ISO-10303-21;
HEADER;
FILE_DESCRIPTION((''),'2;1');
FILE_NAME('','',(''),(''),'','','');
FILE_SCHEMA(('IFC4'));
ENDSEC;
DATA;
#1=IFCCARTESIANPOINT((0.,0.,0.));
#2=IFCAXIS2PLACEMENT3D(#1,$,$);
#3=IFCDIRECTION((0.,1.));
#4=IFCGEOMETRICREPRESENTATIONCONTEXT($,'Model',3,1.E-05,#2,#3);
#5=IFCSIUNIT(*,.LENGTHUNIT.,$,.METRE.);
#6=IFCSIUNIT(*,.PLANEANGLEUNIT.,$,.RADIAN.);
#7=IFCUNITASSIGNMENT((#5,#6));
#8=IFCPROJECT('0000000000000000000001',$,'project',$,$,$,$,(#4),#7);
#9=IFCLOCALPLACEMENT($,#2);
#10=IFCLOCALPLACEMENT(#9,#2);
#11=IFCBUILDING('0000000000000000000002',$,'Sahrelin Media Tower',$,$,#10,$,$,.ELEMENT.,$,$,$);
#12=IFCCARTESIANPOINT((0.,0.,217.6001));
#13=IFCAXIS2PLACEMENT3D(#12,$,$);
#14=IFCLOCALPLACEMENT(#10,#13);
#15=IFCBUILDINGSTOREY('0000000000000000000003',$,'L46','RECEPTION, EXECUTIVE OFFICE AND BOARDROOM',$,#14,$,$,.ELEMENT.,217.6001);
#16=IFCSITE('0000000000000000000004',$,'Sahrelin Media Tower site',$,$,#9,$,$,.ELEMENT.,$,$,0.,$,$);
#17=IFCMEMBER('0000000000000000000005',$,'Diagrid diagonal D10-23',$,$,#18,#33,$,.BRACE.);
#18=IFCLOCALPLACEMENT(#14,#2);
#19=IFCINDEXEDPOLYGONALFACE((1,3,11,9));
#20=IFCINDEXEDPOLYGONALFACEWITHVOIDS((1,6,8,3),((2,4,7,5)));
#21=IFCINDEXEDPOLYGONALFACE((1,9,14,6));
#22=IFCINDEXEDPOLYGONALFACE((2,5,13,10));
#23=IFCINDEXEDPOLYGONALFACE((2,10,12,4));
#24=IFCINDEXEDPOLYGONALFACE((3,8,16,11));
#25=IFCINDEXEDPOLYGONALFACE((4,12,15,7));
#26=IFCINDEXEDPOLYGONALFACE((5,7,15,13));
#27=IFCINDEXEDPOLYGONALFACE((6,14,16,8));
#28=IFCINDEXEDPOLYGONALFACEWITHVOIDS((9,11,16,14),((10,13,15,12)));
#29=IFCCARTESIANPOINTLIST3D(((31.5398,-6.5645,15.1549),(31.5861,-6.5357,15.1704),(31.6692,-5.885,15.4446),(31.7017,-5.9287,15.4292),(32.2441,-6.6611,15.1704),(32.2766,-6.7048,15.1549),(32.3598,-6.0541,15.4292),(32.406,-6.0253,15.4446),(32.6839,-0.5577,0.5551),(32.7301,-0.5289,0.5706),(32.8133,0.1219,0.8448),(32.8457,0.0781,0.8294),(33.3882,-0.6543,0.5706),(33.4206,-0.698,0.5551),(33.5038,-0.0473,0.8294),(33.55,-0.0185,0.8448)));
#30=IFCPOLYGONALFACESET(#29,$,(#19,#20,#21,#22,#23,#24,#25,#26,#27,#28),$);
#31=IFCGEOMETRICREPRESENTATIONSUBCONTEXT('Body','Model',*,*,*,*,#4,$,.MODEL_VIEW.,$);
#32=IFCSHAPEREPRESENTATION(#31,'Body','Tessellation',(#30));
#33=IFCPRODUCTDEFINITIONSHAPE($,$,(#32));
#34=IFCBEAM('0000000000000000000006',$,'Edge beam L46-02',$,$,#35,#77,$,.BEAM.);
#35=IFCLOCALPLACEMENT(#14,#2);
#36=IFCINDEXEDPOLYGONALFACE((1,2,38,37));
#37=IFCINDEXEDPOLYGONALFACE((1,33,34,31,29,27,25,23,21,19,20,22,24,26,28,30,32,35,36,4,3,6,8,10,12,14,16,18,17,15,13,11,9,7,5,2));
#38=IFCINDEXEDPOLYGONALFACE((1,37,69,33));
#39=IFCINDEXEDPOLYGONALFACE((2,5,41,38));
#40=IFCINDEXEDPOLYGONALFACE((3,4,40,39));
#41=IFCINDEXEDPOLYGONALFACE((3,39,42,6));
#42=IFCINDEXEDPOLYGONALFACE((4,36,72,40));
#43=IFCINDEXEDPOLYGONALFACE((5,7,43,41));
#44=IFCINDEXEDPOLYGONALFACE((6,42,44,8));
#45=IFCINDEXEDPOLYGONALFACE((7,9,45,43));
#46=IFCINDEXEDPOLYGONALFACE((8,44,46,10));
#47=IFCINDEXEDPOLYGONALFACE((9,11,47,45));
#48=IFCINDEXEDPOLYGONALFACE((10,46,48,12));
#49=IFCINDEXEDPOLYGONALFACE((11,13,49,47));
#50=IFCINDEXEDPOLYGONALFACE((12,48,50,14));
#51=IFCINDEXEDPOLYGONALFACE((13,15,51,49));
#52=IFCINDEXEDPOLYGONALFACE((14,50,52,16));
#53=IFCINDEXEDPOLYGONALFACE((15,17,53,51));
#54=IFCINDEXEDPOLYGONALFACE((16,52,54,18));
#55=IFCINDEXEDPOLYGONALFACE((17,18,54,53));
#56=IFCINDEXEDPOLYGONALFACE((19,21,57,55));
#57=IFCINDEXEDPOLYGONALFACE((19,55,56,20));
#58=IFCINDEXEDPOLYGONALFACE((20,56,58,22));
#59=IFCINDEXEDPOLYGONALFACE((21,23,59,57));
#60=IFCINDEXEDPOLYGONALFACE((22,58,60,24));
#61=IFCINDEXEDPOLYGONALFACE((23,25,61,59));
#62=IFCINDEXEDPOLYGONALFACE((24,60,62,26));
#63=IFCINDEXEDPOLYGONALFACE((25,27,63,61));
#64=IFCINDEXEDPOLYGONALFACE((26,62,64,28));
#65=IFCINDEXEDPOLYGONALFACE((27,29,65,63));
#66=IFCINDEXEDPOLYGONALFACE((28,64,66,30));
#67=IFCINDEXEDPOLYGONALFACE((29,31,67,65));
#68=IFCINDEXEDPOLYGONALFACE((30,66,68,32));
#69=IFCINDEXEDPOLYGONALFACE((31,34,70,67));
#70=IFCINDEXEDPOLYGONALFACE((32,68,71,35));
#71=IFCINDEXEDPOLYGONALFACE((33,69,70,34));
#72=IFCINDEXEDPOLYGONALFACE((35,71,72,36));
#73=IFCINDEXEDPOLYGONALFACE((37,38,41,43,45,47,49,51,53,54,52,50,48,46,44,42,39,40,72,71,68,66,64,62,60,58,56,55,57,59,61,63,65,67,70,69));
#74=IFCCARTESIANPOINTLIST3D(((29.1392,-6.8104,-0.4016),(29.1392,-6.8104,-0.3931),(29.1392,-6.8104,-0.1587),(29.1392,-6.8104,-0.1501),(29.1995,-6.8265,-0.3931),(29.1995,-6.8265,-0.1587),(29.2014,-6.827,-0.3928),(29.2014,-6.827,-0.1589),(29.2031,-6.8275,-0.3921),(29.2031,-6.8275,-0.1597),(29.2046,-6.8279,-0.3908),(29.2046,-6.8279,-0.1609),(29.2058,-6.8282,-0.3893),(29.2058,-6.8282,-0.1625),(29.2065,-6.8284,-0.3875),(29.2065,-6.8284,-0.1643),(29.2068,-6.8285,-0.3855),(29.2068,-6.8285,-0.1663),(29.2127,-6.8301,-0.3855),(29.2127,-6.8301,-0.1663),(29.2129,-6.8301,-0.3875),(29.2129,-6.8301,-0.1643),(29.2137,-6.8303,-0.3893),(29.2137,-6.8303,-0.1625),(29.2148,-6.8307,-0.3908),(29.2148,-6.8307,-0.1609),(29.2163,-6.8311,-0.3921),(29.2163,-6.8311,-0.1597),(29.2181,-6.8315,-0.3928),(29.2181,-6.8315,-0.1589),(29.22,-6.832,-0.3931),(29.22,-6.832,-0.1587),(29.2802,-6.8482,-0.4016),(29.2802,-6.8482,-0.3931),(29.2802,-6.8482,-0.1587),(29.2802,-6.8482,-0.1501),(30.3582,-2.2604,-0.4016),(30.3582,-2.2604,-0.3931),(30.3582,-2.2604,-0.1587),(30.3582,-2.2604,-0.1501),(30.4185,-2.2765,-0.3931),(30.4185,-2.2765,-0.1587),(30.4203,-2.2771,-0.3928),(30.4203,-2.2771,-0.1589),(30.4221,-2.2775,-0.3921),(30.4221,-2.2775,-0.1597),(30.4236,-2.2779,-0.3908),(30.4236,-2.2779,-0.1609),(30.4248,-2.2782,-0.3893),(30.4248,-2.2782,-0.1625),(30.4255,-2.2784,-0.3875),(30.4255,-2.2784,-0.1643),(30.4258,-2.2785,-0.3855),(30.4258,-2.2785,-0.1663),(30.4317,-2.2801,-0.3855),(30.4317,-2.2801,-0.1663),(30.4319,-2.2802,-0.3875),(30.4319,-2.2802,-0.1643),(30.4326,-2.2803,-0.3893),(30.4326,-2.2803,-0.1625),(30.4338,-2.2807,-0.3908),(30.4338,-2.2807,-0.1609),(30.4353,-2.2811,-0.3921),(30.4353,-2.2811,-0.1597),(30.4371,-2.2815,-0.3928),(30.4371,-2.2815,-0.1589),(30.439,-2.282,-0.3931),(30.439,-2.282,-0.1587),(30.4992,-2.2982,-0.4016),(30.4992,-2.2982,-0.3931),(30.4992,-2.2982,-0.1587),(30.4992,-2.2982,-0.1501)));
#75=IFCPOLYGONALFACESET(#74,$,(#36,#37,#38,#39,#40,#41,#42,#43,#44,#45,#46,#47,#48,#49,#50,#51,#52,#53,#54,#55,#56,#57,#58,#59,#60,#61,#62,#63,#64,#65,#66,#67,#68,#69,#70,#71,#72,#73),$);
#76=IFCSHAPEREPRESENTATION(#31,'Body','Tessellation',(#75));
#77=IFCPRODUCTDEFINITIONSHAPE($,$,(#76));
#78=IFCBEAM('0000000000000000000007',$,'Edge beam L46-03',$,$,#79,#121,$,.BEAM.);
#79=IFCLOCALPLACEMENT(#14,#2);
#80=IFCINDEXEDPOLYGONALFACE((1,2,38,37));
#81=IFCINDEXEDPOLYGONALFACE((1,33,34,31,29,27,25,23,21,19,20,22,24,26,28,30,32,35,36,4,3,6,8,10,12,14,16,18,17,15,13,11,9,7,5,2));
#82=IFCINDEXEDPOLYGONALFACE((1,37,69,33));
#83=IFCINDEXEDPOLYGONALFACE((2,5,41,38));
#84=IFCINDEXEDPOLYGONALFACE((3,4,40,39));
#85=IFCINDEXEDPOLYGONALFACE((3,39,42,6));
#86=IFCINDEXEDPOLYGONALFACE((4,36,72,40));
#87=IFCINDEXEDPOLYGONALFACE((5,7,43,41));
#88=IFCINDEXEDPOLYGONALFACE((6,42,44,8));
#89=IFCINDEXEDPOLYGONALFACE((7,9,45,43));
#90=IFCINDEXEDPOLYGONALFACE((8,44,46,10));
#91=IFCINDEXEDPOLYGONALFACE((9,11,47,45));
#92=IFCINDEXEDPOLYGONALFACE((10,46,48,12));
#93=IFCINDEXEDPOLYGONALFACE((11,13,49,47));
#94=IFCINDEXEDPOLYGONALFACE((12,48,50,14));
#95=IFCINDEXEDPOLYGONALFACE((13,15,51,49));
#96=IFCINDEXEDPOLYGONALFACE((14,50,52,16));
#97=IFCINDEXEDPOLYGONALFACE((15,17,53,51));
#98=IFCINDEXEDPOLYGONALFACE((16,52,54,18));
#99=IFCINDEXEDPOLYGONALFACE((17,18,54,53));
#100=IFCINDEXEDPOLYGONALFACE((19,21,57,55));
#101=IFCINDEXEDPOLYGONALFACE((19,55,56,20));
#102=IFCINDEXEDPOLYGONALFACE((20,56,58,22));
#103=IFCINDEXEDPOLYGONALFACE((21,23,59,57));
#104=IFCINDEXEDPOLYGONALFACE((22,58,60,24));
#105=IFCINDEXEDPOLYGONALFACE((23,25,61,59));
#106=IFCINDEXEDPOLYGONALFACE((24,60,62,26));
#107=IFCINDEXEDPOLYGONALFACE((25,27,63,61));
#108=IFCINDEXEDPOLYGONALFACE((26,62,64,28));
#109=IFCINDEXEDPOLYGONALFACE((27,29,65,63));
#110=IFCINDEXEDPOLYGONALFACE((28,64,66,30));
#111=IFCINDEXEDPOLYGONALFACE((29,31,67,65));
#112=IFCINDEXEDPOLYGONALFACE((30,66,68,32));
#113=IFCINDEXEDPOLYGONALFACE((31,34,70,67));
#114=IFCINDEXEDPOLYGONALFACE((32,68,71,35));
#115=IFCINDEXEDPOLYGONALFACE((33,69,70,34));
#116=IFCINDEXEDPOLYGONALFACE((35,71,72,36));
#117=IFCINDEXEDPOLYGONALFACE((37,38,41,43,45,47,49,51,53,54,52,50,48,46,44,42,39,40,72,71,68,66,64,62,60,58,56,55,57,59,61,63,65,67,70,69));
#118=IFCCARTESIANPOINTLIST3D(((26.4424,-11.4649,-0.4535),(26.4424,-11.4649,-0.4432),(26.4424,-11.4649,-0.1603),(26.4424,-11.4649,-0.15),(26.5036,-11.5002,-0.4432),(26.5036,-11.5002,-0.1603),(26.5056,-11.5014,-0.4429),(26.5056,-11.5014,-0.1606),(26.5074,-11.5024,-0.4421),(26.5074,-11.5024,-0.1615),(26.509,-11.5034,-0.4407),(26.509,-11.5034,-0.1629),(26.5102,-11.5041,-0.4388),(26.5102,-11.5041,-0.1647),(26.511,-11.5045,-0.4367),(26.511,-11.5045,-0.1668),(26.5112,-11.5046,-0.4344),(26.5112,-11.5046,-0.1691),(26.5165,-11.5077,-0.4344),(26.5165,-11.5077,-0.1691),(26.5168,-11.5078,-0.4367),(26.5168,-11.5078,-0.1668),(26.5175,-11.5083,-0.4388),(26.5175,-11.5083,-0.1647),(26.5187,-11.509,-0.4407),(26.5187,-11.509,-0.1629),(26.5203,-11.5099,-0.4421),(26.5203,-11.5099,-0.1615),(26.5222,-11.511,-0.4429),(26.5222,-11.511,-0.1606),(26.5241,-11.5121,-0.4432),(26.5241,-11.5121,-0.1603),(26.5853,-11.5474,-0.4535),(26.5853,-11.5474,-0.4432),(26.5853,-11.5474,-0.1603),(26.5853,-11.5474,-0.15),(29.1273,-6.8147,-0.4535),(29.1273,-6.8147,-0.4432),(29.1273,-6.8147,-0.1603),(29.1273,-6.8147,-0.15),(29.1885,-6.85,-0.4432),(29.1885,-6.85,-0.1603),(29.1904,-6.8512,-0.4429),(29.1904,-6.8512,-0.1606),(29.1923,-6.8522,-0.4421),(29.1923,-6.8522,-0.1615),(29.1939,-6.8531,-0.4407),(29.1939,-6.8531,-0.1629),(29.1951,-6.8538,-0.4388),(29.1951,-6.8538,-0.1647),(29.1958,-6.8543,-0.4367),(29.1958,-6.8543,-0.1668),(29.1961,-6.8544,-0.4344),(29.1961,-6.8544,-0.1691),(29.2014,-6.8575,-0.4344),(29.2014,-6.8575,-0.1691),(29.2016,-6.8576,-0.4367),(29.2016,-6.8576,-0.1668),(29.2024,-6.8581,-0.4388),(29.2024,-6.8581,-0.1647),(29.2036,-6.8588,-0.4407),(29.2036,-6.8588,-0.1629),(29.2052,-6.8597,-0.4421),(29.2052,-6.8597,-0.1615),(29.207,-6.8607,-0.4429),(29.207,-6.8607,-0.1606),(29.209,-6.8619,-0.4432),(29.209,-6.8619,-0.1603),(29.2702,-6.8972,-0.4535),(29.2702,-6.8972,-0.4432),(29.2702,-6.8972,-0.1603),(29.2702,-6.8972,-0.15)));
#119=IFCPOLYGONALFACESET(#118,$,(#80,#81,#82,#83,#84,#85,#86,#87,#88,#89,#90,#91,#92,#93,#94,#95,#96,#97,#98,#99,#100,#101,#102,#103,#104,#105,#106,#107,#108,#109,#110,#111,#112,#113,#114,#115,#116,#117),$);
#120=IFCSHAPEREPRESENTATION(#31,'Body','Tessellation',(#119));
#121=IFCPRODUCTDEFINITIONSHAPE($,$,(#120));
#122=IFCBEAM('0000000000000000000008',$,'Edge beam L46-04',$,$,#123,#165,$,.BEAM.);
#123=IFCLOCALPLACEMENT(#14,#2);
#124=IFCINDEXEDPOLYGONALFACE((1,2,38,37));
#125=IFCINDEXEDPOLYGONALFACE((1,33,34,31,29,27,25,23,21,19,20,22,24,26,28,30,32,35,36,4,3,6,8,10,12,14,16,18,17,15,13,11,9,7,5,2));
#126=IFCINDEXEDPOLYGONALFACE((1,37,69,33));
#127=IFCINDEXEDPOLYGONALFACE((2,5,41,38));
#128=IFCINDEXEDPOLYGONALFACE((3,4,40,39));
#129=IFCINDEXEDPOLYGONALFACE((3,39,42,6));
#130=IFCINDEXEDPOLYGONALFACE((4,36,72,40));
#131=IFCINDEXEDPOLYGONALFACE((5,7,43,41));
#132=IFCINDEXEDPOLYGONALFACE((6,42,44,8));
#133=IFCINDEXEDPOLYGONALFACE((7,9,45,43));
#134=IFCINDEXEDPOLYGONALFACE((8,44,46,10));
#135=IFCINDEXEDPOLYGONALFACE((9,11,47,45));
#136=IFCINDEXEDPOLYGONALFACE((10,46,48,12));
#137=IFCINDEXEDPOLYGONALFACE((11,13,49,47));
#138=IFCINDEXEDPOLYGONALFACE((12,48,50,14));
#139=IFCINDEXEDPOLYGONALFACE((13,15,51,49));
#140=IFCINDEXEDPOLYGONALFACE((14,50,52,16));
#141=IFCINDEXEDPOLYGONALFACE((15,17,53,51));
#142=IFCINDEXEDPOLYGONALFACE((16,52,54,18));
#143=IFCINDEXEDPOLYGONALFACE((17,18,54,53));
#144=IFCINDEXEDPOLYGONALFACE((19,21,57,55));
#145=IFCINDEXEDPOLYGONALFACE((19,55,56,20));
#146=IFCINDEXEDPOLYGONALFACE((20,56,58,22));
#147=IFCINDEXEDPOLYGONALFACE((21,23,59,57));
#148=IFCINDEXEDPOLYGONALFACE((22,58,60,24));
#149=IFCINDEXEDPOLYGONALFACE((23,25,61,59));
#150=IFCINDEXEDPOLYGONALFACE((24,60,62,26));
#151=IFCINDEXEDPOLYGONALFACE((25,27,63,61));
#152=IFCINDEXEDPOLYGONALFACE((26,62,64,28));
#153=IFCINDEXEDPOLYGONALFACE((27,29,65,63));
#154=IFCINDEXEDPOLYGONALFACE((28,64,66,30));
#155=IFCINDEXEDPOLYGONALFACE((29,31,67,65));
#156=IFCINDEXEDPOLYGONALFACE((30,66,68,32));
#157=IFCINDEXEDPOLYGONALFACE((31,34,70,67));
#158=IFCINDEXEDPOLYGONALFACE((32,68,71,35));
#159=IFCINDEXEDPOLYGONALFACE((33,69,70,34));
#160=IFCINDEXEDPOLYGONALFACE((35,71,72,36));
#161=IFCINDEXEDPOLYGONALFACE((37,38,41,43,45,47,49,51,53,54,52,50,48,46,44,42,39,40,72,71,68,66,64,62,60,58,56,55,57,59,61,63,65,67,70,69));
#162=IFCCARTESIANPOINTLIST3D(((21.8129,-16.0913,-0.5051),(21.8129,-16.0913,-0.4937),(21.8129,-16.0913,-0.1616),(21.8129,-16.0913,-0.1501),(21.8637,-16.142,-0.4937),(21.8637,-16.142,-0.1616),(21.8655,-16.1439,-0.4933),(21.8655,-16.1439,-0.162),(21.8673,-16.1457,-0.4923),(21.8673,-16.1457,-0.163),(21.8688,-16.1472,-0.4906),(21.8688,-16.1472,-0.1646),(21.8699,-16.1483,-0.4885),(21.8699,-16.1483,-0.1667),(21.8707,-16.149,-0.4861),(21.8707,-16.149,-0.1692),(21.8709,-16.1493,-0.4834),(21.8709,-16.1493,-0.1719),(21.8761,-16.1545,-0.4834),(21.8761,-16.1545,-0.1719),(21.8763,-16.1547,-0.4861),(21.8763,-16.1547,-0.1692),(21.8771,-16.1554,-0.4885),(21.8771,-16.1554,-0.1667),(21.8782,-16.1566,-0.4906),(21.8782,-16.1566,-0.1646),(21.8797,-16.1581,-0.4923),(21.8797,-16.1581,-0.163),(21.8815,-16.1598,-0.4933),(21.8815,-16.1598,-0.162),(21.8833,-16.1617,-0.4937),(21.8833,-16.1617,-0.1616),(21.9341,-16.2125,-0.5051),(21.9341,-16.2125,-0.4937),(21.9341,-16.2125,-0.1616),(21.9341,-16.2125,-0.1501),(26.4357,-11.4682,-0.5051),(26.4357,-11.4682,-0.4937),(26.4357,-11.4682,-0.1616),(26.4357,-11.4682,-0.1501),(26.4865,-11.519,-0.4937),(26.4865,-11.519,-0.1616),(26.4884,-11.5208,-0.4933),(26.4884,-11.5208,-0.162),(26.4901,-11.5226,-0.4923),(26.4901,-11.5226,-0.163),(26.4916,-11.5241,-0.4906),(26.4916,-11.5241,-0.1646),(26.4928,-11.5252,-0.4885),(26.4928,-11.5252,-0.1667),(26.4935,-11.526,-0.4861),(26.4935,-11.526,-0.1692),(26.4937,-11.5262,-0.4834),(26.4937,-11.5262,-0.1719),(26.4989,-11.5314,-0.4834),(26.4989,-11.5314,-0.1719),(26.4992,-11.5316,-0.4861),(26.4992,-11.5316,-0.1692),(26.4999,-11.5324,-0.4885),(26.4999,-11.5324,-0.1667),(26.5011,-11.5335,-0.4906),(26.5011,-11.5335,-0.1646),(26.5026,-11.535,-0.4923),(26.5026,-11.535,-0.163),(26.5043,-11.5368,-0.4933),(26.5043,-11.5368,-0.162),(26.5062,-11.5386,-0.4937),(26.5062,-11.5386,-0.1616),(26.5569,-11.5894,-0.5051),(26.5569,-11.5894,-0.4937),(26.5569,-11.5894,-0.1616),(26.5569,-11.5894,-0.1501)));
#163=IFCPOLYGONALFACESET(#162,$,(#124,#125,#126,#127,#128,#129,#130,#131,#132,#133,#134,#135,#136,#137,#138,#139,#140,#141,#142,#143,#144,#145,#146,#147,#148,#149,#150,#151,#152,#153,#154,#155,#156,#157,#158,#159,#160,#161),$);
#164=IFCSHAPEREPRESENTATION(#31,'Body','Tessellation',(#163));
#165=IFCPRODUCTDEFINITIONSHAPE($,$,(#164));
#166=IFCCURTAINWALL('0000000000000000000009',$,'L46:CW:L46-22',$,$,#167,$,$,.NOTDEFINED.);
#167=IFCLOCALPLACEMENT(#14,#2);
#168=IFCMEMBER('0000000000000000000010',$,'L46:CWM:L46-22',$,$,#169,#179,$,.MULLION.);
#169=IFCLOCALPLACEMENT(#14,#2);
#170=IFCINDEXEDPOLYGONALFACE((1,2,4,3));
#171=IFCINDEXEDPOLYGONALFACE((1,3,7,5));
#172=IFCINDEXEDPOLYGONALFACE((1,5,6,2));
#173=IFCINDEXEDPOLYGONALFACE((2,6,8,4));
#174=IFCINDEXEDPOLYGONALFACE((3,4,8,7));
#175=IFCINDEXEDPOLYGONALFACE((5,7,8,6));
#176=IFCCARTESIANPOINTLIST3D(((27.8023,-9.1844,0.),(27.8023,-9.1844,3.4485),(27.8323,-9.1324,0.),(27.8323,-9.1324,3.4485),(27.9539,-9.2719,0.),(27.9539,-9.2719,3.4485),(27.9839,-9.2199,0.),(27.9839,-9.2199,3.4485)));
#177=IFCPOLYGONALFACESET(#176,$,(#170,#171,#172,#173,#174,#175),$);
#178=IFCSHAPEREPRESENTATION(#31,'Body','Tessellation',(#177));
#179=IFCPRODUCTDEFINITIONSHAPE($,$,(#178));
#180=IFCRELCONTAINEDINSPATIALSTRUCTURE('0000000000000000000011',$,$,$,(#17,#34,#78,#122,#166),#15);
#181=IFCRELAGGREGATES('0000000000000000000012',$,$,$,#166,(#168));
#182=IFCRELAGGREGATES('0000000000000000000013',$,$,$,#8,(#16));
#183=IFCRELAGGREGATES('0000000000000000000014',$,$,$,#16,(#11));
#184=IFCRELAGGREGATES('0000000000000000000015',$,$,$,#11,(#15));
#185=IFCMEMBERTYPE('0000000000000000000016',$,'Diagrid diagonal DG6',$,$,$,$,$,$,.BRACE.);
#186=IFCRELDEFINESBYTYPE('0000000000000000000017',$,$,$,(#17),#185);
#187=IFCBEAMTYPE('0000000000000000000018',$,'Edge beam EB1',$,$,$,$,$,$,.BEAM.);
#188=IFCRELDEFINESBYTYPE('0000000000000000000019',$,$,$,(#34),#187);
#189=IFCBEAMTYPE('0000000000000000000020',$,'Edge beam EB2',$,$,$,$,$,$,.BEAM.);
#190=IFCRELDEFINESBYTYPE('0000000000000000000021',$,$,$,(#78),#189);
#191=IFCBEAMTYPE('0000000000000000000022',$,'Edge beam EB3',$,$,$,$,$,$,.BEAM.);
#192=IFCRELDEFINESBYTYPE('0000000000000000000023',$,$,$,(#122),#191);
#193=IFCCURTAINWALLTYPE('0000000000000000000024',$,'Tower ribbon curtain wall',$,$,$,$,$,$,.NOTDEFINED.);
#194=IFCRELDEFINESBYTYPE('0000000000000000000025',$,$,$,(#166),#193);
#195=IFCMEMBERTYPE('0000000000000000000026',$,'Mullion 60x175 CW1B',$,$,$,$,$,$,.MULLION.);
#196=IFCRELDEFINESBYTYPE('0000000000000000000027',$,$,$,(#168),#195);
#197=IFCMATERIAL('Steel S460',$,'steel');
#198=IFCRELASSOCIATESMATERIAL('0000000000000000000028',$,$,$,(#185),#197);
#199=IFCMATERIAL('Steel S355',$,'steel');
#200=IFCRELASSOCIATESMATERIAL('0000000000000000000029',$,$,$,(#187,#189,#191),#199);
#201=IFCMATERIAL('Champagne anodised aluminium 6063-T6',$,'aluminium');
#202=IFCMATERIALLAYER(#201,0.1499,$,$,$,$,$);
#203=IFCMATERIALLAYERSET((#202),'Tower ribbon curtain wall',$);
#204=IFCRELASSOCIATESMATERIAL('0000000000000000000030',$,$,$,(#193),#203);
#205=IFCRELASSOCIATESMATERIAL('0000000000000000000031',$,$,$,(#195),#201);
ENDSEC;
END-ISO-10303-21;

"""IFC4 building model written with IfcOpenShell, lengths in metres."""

from ifc_helpers import new_model, si_unit, direction, frame, origin, origin_2d, place, context, subcontext, project, spatial, rectangle, hollow_rectangle, i_section, extrude, material, layer, layer_set, material_profile, profile_set, type_object, element, aggregate, save


model = new_model("IFC4")

# Units and contexts
model_context = context("Model", 3, precision=1e-05, world=origin(), true_north=direction((0.0, 1.0)))
body_context = subcontext(model_context, "Body", "Model", "MODEL_VIEW")
ifc_project = project(units=[si_unit("LENGTHUNIT", "METRE"), si_unit("PLANEANGLEUNIT", "RADIAN")], contexts=[model_context])

# Site, building, storey
site_placement = place(None, origin())
site = spatial("IfcSite", under=ifc_project, at=site_placement, Name="Sahrelin Media Tower site", CompositionType="ELEMENT", RefElevation=0.0)
building_placement = place(site_placement, origin())
building = spatial("IfcBuilding", under=site, at=building_placement, Name="Sahrelin Media Tower", CompositionType="ELEMENT")
storey_placement = place(building_placement, frame((0.0, 0.0, 217.6001)))
storey = spatial("IfcBuildingStorey", under=building, at=storey_placement, Name="L46", Description="RECEPTION, EXECUTIVE OFFICE AND BOARDROOM", CompositionType="ELEMENT", Elevation=217.6001)

# Member
ifc_material_1 = material(Name="Steel S460", Category="steel")
ifc_material_profile_1 = material_profile(ifc_material_1, hollow_rectangle(XDim=0.75, YDim=0.75, WallThickness=0.04, at=origin_2d()), Name="Diagrid diagonal DG6")
ifc_profile_set_1 = profile_set([ifc_material_profile_1], Name="Steel S460")
member_type_1 = type_object("IfcMemberType", Name="Diagrid diagonal DG6", PredefinedType="BRACE", material=ifc_profile_set_1)
member_1_placement = place(storey_placement, frame((33.1169, -0.2881, 0.7), z_axis=(-0.072277, -0.379491, 0.922368), x_axis=(0.982342, -0.187094, 0.0)))
element("IfcMember", 1, at=member_1_placement, inside=storey, type_object=member_type_1, Name="Diagrid diagonal D10-23", PredefinedType="BRACE", context=body_context, shape_type="SweptSolid", body=[
    extrude(hollow_rectangle(XDim=0.75, YDim=0.75, WallThickness=0.04, at=origin_2d()), origin(), (0.0, 0.0, 1.0), 15.8286),
])

# Beams
ifc_material_2 = material(Name="Steel S355", Category="steel")
ifc_material_profile_2 = material_profile(ifc_material_2, i_section(OverallWidth=0.146, OverallDepth=0.2515, WebThickness=0.0061, FlangeThickness=0.0085, FilletRadius=0.0076, at=origin_2d()), Name="UB 254x146x31")
ifc_profile_set_2 = profile_set([ifc_material_profile_2], Name="Steel S355")
beam_type_1 = type_object("IfcBeamType", Name="Edge beam EB1", PredefinedType="BEAM", material=ifc_profile_set_2)
beam_1_placement = place(storey_placement, frame((30.4287, -2.2793, -0.2759), z_axis=(-0.258782, -0.965936, 0.0), x_axis=(0.965936, -0.258782, 0.0)))
element("IfcBeam", 2, at=beam_1_placement, inside=storey, type_object=beam_type_1, Name="Edge beam L46-02", PredefinedType="BEAM", context=body_context, shape_type="SweptSolid", body=[
    extrude(i_section(OverallWidth=0.146, OverallDepth=0.2515, WebThickness=0.0061, FlangeThickness=0.0085, FilletRadius=0.0076, at=origin_2d()), origin(), (0.0, 0.0, 1.0), 4.7104),
])
ifc_material_profile_3 = material_profile(ifc_material_2, i_section(OverallWidth=0.165, OverallDepth=0.3035, WebThickness=0.0061, FlangeThickness=0.0103, FilletRadius=0.0088, at=origin_2d()), Name="UB 305x165x40")
ifc_profile_set_3 = profile_set([ifc_material_profile_3], Name="Steel S355")
beam_type_2 = type_object("IfcBeamType", Name="Edge beam EB2", PredefinedType="BEAM", material=ifc_profile_set_3)
beam_2_placement = place(storey_placement, frame((29.1987, -6.856, -0.3018), z_axis=(-0.500007, -0.866021, 0.0), x_axis=(0.866021, -0.500007, 0.0)))
element("IfcBeam", 3, at=beam_2_placement, inside=storey, type_object=beam_type_2, Name="Edge beam L46-03", PredefinedType="BEAM", context=body_context, shape_type="SweptSolid", body=[
    extrude(i_section(OverallWidth=0.165, OverallDepth=0.3035, WebThickness=0.0061, FlangeThickness=0.0103, FilletRadius=0.0088, at=origin_2d()), origin(), (0.0, 0.0, 1.0), 5.3696),
])
ifc_material_profile_4 = material_profile(ifc_material_2, i_section(OverallWidth=0.1714, OverallDepth=0.355, WebThickness=0.0073, FlangeThickness=0.0115, FilletRadius=0.0103, at=origin_2d()), Name="UB 356x171x51")
ifc_profile_set_4 = profile_set([ifc_material_profile_4], Name="Steel S355")
beam_type_3 = type_object("IfcBeamType", Name="Edge beam EB3", PredefinedType="BEAM", material=ifc_profile_set_4)
beam_3_placement = place(storey_placement, frame((26.4963, -11.5288, -0.3276), z_axis=(-0.707088, -0.707125, 0.0), x_axis=(0.707125, -0.707088, 0.0)))
element("IfcBeam", 4, at=beam_3_placement, inside=storey, type_object=beam_type_3, Name="Edge beam L46-04", PredefinedType="BEAM", context=body_context, shape_type="SweptSolid", body=[
    extrude(i_section(OverallWidth=0.1714, OverallDepth=0.355, WebThickness=0.0073, FlangeThickness=0.0115, FilletRadius=0.0103, at=origin_2d()), origin(), (0.0, 0.0, 1.0), 6.5378),
])

# Curtain wall, member
ifc_material_3 = material(Name="Champagne anodised aluminium 6063-T6", Category="aluminium")
ifc_layer_1 = layer(ifc_material_3, 0.1499)
ifc_layer_set_1 = layer_set([ifc_layer_1], Name="Tower ribbon curtain wall")
curtain_wall_type = type_object("IfcCurtainWallType", Name="Tower ribbon curtain wall", PredefinedType="NOTDEFINED", material=ifc_layer_set_1)
curtain_wall_1_placement = place(storey_placement, frame((27.9861, -9.2561, 0.0), z_axis=(0.0, 0.0, 1.0), x_axis=(1.0, 0.0, 0.0)))
curtain_wall_1 = element("IfcCurtainWall", 5, at=curtain_wall_1_placement, inside=storey, type_object=curtain_wall_type, Name="L46:CW:L46-22", PredefinedType="NOTDEFINED")
ifc_material_profile_5 = material_profile(ifc_material_3, rectangle(XDim=0.0601, YDim=0.175, at=origin_2d()), Name="Mullion 60x175")
ifc_profile_set_5 = profile_set([ifc_material_profile_5], Name="Champagne anodised aluminium 6063-T6")
member_type_2 = type_object("IfcMemberType", Name="Mullion 60x175 CW1B", PredefinedType="MULLION", material=ifc_profile_set_5)
member_2_placement = place(storey_placement, frame((27.8931, -9.2021, 0.0), z_axis=(0.0, 0.0, 1.0), x_axis=(0.499995, 0.866028, 0.0)))
member_2 = element("IfcMember", 6, at=member_2_placement, type_object=member_type_2, Name="L46:CWM:L46-22", PredefinedType="MULLION", context=body_context, shape_type="SweptSolid", body=[
    extrude(rectangle(XDim=0.0601, YDim=0.175, at=origin_2d()), origin(), (0.0, 0.0, 1.0), 3.4485),
])

aggregate(curtain_wall_1, [member_2])

save(model, "model.ifc")
